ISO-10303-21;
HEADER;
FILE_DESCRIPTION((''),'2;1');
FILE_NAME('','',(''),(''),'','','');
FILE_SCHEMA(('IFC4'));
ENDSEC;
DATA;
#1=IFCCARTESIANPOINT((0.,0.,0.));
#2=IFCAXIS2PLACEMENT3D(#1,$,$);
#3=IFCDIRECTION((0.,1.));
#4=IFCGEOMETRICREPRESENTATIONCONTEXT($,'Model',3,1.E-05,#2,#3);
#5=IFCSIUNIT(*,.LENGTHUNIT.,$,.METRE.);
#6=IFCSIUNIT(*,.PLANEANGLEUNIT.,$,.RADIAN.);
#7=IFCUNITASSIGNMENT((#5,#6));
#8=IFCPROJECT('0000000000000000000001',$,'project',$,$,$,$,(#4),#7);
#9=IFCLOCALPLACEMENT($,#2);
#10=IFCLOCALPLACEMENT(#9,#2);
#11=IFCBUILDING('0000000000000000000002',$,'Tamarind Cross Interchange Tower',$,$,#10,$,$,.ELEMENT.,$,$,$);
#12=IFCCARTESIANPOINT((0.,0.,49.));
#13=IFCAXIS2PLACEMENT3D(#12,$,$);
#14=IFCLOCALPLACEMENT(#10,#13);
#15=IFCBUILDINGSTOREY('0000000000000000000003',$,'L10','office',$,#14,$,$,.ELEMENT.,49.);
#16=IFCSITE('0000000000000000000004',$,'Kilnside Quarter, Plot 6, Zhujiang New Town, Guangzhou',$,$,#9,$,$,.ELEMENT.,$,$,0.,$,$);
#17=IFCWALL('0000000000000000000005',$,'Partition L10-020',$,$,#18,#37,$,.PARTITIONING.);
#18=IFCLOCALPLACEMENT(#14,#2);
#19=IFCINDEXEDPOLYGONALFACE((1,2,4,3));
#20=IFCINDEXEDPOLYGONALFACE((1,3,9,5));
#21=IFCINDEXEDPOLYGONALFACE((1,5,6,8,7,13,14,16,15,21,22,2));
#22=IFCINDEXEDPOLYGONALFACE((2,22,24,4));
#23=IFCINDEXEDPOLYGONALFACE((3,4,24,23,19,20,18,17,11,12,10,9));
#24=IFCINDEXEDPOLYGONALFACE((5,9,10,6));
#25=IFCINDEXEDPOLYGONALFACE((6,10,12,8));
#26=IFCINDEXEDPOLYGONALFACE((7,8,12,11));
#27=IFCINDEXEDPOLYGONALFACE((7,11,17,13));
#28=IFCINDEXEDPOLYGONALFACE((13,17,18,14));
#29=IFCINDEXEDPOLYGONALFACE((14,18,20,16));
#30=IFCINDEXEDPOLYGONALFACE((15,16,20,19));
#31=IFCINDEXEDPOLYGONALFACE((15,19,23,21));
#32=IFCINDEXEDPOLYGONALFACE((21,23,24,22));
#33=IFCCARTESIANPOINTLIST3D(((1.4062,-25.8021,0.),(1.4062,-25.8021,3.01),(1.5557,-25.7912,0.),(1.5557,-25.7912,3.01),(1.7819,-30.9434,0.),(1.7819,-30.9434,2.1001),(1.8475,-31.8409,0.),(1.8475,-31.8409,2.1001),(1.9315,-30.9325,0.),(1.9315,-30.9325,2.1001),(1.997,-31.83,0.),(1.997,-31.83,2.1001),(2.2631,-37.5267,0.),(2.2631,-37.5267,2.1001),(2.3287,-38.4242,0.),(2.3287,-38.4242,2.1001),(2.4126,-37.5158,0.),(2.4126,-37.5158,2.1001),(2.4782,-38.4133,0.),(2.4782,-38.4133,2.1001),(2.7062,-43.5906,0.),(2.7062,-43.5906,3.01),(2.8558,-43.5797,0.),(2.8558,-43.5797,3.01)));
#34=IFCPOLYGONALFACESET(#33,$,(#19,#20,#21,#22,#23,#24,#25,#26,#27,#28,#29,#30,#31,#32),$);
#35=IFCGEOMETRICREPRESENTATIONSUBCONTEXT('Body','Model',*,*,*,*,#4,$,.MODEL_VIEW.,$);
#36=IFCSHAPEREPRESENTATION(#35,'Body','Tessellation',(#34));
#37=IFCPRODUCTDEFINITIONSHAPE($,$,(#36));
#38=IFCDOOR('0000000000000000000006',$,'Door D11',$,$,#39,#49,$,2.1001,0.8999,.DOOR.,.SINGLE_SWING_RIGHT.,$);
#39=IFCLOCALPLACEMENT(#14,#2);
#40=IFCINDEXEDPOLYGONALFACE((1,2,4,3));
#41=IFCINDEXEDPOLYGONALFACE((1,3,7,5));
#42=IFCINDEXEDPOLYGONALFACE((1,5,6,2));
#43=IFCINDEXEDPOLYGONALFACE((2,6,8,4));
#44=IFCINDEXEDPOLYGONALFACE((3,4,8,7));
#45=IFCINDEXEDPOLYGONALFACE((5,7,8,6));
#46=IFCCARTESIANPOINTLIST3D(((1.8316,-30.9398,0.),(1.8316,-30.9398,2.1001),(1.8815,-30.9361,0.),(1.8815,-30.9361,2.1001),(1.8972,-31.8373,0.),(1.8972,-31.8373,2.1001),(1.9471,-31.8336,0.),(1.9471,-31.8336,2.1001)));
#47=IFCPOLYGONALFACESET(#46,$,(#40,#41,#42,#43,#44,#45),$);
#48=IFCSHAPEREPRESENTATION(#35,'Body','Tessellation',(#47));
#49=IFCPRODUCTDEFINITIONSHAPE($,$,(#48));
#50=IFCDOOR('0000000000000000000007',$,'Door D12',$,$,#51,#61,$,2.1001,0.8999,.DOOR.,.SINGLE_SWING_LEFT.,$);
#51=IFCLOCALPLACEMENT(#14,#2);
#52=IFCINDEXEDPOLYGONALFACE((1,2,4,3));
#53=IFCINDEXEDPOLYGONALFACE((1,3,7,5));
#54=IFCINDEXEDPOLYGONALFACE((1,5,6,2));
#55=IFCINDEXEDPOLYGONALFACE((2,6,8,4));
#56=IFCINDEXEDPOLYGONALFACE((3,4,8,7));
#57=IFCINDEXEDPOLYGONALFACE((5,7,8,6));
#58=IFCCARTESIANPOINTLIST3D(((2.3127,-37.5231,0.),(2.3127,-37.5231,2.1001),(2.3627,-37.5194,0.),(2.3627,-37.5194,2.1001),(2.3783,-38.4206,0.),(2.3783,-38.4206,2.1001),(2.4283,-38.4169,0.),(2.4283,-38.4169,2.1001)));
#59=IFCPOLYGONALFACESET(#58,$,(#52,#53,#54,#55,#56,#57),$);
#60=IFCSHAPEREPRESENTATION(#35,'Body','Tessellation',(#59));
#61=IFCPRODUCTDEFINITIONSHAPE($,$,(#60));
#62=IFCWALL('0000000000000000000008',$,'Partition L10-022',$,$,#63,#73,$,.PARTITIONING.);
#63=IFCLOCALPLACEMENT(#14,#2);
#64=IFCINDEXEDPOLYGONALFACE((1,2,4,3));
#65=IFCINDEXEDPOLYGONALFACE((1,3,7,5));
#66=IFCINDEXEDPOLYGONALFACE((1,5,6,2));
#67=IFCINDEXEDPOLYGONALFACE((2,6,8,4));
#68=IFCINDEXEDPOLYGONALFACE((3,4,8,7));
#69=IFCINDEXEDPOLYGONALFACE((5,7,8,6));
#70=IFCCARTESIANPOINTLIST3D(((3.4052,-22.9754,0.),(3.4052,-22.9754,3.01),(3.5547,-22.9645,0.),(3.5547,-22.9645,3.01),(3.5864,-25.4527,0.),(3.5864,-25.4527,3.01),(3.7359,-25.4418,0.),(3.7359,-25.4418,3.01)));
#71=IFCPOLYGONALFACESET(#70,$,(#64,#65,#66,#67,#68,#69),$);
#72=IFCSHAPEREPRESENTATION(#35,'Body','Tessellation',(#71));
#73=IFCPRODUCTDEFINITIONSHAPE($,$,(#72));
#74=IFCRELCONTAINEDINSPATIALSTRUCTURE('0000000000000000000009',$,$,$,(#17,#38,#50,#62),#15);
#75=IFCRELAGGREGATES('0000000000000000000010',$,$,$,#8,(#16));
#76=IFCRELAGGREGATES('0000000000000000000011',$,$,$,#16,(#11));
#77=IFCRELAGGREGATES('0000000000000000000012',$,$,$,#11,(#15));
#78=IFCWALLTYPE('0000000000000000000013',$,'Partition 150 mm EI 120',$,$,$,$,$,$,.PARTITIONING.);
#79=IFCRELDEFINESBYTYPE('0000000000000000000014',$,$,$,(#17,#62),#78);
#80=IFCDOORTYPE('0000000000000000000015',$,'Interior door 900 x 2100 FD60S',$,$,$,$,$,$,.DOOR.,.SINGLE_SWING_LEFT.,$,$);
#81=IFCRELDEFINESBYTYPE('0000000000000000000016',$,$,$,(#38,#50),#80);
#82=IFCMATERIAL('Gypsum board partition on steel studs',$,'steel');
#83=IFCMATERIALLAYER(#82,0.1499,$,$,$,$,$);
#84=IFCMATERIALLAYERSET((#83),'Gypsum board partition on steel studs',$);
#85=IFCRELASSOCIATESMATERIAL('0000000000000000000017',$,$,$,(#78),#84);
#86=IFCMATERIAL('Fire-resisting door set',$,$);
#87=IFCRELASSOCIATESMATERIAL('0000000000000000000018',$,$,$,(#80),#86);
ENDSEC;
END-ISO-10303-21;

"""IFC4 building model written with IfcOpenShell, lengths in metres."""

from ifc_helpers import new_model, si_unit, direction, frame, frame_2d, origin, place, context, subcontext, project, spatial, rectangle, extrude, material, layer, layer_set, type_object, element, fill, save


model = new_model("IFC4")

# Units and contexts
model_context = context("Model", 3, precision=1e-05, world=origin(), true_north=direction((0.0, 1.0)))
body_context = subcontext(model_context, "Body", "Model", "MODEL_VIEW")
ifc_project = project(units=[si_unit("LENGTHUNIT", "METRE"), si_unit("PLANEANGLEUNIT", "RADIAN")], contexts=[model_context])

# Site, building, storey
site_placement = place(None, origin())
site = spatial("IfcSite", under=ifc_project, at=site_placement, Name="Kilnside Quarter, Plot 6, Zhujiang New Town, Guangzhou", CompositionType="ELEMENT", RefElevation=0.0)
building_placement = place(site_placement, origin())
building = spatial("IfcBuilding", under=site, at=building_placement, Name="Tamarind Cross Interchange Tower", CompositionType="ELEMENT")
storey_placement = place(building_placement, frame((0.0, 0.0, 49.0)))
storey = spatial("IfcBuildingStorey", under=building, at=storey_placement, Name="L10", Description="office", CompositionType="ELEMENT", Elevation=49.0)

# Shared definitions
ifc_material_1 = material(Name="Gypsum board partition on steel studs", Category="steel")

# Wall, openings, doors
ifc_layer_1 = layer(ifc_material_1, 0.1499)
ifc_layer_set_1 = layer_set([ifc_layer_1], Name="Gypsum board partition on steel studs")
wall_type_1 = type_object("IfcWallType", Name="Partition 150 mm EI 120", PredefinedType="PARTITIONING", material=ifc_layer_set_1)
wall_1_placement = place(storey_placement, frame((1.481, -25.7966, 0.0), z_axis=(0.0, 0.0, 1.0), x_axis=(0.072889, -0.99734, 0.0)))
wall_1 = element("IfcWall", 1, at=wall_1_placement, inside=storey, type_object=wall_type_1, Name="Partition L10-020", PredefinedType="PARTITIONING", context=body_context, shape_type="SweptSolid", body=[
    extrude(rectangle(XDim=17.8359, YDim=0.1499, at=frame_2d((8.918, 0.0))), origin(), (0.0, 0.0, 1.0), 3.01),
])
opening_1_placement = place(wall_1_placement, frame((5.155, 0.0, 0.0)))
opening_1 = element("IfcOpeningElement", 2, at=opening_1_placement, cuts=wall_1, PredefinedType="OPENING", context=body_context, shape_type="SweptSolid", body=[
    extrude(rectangle(XDim=0.8999, YDim=2.1001, at=frame_2d((0.45, 1.05))), frame((0.0, 0.085, 0.0), z_axis=(0.0, -1.0, 0.0), x_axis=(1.0, 0.0, 0.0)), (0.0, 0.0, 1.0), 0.1699),
])
opening_2_placement = place(wall_1_placement, frame((11.7559, 0.0, 0.0)))
opening_2 = element("IfcOpeningElement", 3, at=opening_2_placement, cuts=wall_1, PredefinedType="OPENING", context=body_context, shape_type="SweptSolid", body=[
    extrude(rectangle(XDim=0.8999, YDim=2.1001, at=frame_2d((0.45, 1.05))), frame((0.0, 0.085, 0.0), z_axis=(0.0, -1.0, 0.0), x_axis=(1.0, 0.0, 0.0)), (0.0, 0.0, 1.0), 0.1699),
])
ifc_material_2 = material(Name="Fire-resisting door set")
door_type = type_object("IfcDoorType", Name="Interior door 900 x 2100 FD60S", OperationType="SINGLE_SWING_LEFT", PredefinedType="DOOR", material=ifc_material_2)
door_1_placement = place(opening_1_placement, origin())
door_1 = element("IfcDoor", 4, at=door_1_placement, inside=storey, type_object=door_type, Name="Door D11", OperationType="SINGLE_SWING_RIGHT", OverallHeight=2.1001, OverallWidth=0.8999, PredefinedType="DOOR", context=body_context, shape_type="SweptSolid", body=[
    extrude(rectangle(XDim=0.8999, YDim=2.1001, at=frame_2d((0.45, 1.05))), frame((0.0, 0.0249, 0.0), z_axis=(0.0, -1.0, 0.0), x_axis=(1.0, 0.0, 0.0)), (0.0, 0.0, 1.0), 0.05),
])
fill(opening_1, door_1)
door_2_placement = place(opening_2_placement, origin())
door_2 = element("IfcDoor", 5, at=door_2_placement, inside=storey, type_object=door_type, Name="Door D12", OperationType="SINGLE_SWING_LEFT", OverallHeight=2.1001, OverallWidth=0.8999, PredefinedType="DOOR", context=body_context, shape_type="SweptSolid", body=[
    extrude(rectangle(XDim=0.8999, YDim=2.1001, at=frame_2d((0.45, 1.05))), frame((0.0, 0.0249, 0.0), z_axis=(0.0, -1.0, 0.0), x_axis=(1.0, 0.0, 0.0)), (0.0, 0.0, 1.0), 0.05),
])
fill(opening_2, door_2)

# Wall
wall_2_placement = place(storey_placement, frame((3.48, -22.97, 0.0), z_axis=(0.0, 0.0, 1.0), x_axis=(0.07293, -0.997337, 0.0)))
element("IfcWall", 6, at=wall_2_placement, inside=storey, type_object=wall_type_1, Name="Partition L10-022", PredefinedType="PARTITIONING", context=body_context, shape_type="SweptSolid", body=[
    extrude(rectangle(XDim=2.4839, YDim=0.1499, at=frame_2d((1.2419, 0.0))), origin(), (0.0, 0.0, 1.0), 3.01),
])

save(model, "model.ifc")
